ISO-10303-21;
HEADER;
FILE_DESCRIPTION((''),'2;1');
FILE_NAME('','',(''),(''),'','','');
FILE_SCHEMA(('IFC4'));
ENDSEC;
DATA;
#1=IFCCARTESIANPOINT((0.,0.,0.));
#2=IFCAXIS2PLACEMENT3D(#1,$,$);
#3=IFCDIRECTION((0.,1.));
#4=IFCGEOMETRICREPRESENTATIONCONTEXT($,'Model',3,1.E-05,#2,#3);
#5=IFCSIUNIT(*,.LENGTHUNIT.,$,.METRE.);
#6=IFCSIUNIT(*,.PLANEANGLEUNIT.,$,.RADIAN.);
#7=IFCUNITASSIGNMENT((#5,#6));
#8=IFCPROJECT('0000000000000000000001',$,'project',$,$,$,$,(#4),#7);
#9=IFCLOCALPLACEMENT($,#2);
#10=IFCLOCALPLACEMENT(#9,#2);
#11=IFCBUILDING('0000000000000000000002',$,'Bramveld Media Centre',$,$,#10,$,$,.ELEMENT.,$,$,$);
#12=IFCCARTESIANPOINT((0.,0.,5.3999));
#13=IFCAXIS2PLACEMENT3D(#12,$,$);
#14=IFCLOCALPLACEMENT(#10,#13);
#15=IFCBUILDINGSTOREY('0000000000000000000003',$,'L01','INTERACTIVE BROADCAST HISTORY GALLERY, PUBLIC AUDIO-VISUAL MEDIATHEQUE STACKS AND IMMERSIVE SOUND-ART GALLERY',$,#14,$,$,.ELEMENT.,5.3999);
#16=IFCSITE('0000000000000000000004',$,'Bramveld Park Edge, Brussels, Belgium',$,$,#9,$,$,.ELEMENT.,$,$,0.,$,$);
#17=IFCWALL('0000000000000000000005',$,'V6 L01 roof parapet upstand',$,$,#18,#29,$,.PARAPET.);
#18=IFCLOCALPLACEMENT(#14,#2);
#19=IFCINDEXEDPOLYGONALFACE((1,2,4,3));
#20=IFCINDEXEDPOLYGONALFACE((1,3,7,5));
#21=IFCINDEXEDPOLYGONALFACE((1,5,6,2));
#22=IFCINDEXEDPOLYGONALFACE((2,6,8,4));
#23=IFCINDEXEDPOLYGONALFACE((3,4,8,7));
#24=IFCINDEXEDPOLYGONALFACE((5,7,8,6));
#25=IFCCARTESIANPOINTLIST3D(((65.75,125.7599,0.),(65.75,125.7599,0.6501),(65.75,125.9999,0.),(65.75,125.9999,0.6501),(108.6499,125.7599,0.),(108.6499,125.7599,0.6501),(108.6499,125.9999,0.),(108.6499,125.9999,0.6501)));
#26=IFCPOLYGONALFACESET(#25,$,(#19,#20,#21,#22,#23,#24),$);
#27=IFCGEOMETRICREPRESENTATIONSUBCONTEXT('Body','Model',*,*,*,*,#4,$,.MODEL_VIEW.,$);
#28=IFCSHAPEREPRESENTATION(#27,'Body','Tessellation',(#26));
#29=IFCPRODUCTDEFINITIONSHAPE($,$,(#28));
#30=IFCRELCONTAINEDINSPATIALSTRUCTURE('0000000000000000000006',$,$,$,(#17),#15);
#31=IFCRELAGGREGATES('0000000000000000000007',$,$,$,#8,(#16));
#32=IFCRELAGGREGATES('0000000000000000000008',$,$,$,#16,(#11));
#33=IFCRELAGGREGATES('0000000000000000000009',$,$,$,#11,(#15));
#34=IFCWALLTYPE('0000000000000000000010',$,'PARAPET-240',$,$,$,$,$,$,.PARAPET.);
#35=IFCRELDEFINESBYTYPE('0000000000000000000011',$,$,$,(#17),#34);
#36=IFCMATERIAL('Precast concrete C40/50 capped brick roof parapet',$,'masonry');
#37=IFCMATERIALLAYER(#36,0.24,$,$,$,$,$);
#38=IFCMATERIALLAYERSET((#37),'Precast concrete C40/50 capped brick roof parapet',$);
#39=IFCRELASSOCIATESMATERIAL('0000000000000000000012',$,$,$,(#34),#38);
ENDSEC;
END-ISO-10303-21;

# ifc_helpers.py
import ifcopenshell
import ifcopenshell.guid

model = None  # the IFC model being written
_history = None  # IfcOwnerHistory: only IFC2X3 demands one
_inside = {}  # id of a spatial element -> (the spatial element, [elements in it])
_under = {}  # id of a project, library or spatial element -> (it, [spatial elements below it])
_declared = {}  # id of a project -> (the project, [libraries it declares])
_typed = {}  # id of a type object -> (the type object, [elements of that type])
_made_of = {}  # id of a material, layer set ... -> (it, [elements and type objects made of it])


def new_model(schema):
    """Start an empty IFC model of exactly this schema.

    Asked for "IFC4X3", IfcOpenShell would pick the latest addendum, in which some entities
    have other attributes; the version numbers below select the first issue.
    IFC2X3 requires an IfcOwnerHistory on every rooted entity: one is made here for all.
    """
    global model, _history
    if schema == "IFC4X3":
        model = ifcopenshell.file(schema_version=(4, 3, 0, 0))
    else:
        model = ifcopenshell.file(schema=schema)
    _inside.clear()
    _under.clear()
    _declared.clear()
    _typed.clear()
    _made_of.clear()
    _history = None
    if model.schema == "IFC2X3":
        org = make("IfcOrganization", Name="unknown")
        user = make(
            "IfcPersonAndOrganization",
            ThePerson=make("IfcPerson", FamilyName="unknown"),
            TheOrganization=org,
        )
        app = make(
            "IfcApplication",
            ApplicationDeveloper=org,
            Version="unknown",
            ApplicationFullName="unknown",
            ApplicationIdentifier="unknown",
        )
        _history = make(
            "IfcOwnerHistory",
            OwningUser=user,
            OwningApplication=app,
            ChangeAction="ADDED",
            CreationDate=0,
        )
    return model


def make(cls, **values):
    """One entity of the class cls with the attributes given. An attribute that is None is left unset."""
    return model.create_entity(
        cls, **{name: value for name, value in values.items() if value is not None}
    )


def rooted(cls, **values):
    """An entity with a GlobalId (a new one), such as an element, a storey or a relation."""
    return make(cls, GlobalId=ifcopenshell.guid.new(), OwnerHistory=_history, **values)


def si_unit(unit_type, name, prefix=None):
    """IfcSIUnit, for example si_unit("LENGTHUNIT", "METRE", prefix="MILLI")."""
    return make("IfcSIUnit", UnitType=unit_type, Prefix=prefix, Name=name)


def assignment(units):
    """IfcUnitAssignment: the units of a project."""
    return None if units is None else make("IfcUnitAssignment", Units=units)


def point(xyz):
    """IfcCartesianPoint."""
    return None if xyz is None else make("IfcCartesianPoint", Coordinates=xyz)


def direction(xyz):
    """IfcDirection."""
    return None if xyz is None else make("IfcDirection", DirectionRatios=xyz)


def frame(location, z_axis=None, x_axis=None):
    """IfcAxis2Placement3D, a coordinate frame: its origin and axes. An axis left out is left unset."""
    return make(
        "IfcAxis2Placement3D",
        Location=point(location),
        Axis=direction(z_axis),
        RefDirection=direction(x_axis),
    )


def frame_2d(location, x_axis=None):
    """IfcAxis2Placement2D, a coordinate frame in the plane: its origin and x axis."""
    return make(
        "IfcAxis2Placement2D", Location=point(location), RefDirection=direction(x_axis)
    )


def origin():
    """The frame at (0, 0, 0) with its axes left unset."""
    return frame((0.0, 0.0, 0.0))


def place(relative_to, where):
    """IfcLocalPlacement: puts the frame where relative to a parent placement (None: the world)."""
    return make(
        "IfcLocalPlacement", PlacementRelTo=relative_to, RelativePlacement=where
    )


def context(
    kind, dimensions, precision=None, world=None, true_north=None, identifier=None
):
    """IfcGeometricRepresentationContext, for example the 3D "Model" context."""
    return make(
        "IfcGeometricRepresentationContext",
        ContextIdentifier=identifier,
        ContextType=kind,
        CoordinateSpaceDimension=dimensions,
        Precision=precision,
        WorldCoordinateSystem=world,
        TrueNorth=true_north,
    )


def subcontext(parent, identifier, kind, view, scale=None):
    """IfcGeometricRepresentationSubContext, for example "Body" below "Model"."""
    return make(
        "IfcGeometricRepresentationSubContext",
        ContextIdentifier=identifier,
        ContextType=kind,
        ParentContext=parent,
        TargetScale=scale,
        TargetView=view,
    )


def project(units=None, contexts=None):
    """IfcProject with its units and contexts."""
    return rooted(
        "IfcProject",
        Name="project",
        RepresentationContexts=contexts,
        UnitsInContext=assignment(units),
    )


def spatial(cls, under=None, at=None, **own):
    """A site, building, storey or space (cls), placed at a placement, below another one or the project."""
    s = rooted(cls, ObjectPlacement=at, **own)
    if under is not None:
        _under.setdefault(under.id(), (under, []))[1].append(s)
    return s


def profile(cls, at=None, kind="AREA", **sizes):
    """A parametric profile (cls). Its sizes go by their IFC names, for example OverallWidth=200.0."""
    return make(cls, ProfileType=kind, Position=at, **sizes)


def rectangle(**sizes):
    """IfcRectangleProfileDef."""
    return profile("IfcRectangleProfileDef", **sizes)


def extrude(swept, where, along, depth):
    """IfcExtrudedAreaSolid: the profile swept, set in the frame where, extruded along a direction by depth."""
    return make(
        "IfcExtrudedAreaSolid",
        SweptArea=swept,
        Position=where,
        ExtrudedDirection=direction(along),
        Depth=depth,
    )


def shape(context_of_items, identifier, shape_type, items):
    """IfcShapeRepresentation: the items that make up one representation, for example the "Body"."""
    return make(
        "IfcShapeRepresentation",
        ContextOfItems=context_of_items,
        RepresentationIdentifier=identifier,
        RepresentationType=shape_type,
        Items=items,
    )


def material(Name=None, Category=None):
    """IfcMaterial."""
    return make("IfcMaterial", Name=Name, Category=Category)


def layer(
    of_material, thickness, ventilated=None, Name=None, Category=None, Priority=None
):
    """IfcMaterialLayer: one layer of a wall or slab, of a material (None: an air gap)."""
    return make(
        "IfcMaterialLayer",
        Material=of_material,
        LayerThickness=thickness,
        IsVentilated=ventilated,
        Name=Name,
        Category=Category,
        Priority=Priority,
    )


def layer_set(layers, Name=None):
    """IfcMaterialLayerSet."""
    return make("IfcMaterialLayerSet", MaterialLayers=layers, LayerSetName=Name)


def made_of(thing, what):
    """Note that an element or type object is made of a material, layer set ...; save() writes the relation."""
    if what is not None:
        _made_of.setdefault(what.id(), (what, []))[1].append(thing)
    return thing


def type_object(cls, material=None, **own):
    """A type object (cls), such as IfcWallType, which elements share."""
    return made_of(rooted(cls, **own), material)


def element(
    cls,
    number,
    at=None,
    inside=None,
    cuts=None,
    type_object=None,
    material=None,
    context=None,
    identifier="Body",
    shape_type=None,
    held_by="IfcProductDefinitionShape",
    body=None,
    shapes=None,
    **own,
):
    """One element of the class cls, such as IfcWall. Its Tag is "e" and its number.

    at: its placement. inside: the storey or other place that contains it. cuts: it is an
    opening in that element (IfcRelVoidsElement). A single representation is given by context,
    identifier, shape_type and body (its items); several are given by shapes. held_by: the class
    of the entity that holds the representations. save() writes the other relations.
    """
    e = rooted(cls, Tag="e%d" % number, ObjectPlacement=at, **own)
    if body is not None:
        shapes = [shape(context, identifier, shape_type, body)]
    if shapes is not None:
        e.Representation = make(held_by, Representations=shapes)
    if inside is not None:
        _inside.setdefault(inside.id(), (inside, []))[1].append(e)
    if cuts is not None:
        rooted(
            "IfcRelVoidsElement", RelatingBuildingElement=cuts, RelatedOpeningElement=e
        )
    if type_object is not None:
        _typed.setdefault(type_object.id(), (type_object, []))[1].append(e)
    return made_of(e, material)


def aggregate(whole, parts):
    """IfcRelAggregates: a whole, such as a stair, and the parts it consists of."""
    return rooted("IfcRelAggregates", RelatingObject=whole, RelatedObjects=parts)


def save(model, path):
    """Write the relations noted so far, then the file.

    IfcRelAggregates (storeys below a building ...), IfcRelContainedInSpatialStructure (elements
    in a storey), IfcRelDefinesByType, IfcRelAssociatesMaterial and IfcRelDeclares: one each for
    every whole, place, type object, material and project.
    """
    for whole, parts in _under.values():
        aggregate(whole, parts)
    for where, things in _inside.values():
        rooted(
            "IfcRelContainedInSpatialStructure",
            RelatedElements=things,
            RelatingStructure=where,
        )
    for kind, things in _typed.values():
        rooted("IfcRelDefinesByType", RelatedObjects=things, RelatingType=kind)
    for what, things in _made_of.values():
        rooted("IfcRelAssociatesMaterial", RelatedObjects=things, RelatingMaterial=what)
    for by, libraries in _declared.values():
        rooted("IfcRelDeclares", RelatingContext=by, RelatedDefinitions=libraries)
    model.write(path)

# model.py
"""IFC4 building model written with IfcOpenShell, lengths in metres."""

from ifc_helpers import new_model, si_unit, direction, frame, frame_2d, origin, place, context, subcontext, project, spatial, rectangle, extrude, material, layer, layer_set, type_object, element, save


model = new_model("IFC4")

# Units and contexts
model_context = context("Model", 3, precision=1e-05, world=origin(), true_north=direction((0.0, 1.0)))
body_context = subcontext(model_context, "Body", "Model", "MODEL_VIEW")
ifc_project = project(units=[si_unit("LENGTHUNIT", "METRE"), si_unit("PLANEANGLEUNIT", "RADIAN")], contexts=[model_context])

# Site, building, storey
site_placement = place(None, origin())
site = spatial("IfcSite", under=ifc_project, at=site_placement, Name="Bramveld Park Edge, Brussels, Belgium", CompositionType="ELEMENT", RefElevation=0.0)
building_placement = place(site_placement, origin())
building = spatial("IfcBuilding", under=site, at=building_placement, Name="Bramveld Media Centre", CompositionType="ELEMENT")
storey_placement = place(building_placement, frame((0.0, 0.0, 5.3999)))
storey = spatial("IfcBuildingStorey", under=building, at=storey_placement, Name="L01", Description="INTERACTIVE BROADCAST HISTORY GALLERY, PUBLIC AUDIO-VISUAL MEDIATHEQUE STACKS AND IMMERSIVE SOUND-ART GALLERY", CompositionType="ELEMENT", Elevation=5.3999)

# Wall
ifc_material_1 = material(Name="Precast concrete C40/50 capped brick roof parapet", Category="masonry")
ifc_layer_1 = layer(ifc_material_1, 0.24)
ifc_layer_set_1 = layer_set([ifc_layer_1], Name="Precast concrete C40/50 capped brick roof parapet")
wall_type_1 = type_object("IfcWallType", Name="PARAPET-240", PredefinedType="PARAPET", material=ifc_layer_set_1)
wall_1_placement = place(storey_placement, frame((65.75, 125.8799, 0.0), z_axis=(0.0, 0.0, 1.0), x_axis=(1.0, 0.0, 0.0)))
element("IfcWall", 1, at=wall_1_placement, inside=storey, type_object=wall_type_1, Name="V6 L01 roof parapet upstand", PredefinedType="PARAPET", context=body_context, shape_type="SweptSolid", body=[
    extrude(rectangle(XDim=42.8999, YDim=0.24, at=frame_2d((21.45, 0.0))), origin(), (0.0, 0.0, 1.0), 0.6501),
])

save(model, "model.ifc")
